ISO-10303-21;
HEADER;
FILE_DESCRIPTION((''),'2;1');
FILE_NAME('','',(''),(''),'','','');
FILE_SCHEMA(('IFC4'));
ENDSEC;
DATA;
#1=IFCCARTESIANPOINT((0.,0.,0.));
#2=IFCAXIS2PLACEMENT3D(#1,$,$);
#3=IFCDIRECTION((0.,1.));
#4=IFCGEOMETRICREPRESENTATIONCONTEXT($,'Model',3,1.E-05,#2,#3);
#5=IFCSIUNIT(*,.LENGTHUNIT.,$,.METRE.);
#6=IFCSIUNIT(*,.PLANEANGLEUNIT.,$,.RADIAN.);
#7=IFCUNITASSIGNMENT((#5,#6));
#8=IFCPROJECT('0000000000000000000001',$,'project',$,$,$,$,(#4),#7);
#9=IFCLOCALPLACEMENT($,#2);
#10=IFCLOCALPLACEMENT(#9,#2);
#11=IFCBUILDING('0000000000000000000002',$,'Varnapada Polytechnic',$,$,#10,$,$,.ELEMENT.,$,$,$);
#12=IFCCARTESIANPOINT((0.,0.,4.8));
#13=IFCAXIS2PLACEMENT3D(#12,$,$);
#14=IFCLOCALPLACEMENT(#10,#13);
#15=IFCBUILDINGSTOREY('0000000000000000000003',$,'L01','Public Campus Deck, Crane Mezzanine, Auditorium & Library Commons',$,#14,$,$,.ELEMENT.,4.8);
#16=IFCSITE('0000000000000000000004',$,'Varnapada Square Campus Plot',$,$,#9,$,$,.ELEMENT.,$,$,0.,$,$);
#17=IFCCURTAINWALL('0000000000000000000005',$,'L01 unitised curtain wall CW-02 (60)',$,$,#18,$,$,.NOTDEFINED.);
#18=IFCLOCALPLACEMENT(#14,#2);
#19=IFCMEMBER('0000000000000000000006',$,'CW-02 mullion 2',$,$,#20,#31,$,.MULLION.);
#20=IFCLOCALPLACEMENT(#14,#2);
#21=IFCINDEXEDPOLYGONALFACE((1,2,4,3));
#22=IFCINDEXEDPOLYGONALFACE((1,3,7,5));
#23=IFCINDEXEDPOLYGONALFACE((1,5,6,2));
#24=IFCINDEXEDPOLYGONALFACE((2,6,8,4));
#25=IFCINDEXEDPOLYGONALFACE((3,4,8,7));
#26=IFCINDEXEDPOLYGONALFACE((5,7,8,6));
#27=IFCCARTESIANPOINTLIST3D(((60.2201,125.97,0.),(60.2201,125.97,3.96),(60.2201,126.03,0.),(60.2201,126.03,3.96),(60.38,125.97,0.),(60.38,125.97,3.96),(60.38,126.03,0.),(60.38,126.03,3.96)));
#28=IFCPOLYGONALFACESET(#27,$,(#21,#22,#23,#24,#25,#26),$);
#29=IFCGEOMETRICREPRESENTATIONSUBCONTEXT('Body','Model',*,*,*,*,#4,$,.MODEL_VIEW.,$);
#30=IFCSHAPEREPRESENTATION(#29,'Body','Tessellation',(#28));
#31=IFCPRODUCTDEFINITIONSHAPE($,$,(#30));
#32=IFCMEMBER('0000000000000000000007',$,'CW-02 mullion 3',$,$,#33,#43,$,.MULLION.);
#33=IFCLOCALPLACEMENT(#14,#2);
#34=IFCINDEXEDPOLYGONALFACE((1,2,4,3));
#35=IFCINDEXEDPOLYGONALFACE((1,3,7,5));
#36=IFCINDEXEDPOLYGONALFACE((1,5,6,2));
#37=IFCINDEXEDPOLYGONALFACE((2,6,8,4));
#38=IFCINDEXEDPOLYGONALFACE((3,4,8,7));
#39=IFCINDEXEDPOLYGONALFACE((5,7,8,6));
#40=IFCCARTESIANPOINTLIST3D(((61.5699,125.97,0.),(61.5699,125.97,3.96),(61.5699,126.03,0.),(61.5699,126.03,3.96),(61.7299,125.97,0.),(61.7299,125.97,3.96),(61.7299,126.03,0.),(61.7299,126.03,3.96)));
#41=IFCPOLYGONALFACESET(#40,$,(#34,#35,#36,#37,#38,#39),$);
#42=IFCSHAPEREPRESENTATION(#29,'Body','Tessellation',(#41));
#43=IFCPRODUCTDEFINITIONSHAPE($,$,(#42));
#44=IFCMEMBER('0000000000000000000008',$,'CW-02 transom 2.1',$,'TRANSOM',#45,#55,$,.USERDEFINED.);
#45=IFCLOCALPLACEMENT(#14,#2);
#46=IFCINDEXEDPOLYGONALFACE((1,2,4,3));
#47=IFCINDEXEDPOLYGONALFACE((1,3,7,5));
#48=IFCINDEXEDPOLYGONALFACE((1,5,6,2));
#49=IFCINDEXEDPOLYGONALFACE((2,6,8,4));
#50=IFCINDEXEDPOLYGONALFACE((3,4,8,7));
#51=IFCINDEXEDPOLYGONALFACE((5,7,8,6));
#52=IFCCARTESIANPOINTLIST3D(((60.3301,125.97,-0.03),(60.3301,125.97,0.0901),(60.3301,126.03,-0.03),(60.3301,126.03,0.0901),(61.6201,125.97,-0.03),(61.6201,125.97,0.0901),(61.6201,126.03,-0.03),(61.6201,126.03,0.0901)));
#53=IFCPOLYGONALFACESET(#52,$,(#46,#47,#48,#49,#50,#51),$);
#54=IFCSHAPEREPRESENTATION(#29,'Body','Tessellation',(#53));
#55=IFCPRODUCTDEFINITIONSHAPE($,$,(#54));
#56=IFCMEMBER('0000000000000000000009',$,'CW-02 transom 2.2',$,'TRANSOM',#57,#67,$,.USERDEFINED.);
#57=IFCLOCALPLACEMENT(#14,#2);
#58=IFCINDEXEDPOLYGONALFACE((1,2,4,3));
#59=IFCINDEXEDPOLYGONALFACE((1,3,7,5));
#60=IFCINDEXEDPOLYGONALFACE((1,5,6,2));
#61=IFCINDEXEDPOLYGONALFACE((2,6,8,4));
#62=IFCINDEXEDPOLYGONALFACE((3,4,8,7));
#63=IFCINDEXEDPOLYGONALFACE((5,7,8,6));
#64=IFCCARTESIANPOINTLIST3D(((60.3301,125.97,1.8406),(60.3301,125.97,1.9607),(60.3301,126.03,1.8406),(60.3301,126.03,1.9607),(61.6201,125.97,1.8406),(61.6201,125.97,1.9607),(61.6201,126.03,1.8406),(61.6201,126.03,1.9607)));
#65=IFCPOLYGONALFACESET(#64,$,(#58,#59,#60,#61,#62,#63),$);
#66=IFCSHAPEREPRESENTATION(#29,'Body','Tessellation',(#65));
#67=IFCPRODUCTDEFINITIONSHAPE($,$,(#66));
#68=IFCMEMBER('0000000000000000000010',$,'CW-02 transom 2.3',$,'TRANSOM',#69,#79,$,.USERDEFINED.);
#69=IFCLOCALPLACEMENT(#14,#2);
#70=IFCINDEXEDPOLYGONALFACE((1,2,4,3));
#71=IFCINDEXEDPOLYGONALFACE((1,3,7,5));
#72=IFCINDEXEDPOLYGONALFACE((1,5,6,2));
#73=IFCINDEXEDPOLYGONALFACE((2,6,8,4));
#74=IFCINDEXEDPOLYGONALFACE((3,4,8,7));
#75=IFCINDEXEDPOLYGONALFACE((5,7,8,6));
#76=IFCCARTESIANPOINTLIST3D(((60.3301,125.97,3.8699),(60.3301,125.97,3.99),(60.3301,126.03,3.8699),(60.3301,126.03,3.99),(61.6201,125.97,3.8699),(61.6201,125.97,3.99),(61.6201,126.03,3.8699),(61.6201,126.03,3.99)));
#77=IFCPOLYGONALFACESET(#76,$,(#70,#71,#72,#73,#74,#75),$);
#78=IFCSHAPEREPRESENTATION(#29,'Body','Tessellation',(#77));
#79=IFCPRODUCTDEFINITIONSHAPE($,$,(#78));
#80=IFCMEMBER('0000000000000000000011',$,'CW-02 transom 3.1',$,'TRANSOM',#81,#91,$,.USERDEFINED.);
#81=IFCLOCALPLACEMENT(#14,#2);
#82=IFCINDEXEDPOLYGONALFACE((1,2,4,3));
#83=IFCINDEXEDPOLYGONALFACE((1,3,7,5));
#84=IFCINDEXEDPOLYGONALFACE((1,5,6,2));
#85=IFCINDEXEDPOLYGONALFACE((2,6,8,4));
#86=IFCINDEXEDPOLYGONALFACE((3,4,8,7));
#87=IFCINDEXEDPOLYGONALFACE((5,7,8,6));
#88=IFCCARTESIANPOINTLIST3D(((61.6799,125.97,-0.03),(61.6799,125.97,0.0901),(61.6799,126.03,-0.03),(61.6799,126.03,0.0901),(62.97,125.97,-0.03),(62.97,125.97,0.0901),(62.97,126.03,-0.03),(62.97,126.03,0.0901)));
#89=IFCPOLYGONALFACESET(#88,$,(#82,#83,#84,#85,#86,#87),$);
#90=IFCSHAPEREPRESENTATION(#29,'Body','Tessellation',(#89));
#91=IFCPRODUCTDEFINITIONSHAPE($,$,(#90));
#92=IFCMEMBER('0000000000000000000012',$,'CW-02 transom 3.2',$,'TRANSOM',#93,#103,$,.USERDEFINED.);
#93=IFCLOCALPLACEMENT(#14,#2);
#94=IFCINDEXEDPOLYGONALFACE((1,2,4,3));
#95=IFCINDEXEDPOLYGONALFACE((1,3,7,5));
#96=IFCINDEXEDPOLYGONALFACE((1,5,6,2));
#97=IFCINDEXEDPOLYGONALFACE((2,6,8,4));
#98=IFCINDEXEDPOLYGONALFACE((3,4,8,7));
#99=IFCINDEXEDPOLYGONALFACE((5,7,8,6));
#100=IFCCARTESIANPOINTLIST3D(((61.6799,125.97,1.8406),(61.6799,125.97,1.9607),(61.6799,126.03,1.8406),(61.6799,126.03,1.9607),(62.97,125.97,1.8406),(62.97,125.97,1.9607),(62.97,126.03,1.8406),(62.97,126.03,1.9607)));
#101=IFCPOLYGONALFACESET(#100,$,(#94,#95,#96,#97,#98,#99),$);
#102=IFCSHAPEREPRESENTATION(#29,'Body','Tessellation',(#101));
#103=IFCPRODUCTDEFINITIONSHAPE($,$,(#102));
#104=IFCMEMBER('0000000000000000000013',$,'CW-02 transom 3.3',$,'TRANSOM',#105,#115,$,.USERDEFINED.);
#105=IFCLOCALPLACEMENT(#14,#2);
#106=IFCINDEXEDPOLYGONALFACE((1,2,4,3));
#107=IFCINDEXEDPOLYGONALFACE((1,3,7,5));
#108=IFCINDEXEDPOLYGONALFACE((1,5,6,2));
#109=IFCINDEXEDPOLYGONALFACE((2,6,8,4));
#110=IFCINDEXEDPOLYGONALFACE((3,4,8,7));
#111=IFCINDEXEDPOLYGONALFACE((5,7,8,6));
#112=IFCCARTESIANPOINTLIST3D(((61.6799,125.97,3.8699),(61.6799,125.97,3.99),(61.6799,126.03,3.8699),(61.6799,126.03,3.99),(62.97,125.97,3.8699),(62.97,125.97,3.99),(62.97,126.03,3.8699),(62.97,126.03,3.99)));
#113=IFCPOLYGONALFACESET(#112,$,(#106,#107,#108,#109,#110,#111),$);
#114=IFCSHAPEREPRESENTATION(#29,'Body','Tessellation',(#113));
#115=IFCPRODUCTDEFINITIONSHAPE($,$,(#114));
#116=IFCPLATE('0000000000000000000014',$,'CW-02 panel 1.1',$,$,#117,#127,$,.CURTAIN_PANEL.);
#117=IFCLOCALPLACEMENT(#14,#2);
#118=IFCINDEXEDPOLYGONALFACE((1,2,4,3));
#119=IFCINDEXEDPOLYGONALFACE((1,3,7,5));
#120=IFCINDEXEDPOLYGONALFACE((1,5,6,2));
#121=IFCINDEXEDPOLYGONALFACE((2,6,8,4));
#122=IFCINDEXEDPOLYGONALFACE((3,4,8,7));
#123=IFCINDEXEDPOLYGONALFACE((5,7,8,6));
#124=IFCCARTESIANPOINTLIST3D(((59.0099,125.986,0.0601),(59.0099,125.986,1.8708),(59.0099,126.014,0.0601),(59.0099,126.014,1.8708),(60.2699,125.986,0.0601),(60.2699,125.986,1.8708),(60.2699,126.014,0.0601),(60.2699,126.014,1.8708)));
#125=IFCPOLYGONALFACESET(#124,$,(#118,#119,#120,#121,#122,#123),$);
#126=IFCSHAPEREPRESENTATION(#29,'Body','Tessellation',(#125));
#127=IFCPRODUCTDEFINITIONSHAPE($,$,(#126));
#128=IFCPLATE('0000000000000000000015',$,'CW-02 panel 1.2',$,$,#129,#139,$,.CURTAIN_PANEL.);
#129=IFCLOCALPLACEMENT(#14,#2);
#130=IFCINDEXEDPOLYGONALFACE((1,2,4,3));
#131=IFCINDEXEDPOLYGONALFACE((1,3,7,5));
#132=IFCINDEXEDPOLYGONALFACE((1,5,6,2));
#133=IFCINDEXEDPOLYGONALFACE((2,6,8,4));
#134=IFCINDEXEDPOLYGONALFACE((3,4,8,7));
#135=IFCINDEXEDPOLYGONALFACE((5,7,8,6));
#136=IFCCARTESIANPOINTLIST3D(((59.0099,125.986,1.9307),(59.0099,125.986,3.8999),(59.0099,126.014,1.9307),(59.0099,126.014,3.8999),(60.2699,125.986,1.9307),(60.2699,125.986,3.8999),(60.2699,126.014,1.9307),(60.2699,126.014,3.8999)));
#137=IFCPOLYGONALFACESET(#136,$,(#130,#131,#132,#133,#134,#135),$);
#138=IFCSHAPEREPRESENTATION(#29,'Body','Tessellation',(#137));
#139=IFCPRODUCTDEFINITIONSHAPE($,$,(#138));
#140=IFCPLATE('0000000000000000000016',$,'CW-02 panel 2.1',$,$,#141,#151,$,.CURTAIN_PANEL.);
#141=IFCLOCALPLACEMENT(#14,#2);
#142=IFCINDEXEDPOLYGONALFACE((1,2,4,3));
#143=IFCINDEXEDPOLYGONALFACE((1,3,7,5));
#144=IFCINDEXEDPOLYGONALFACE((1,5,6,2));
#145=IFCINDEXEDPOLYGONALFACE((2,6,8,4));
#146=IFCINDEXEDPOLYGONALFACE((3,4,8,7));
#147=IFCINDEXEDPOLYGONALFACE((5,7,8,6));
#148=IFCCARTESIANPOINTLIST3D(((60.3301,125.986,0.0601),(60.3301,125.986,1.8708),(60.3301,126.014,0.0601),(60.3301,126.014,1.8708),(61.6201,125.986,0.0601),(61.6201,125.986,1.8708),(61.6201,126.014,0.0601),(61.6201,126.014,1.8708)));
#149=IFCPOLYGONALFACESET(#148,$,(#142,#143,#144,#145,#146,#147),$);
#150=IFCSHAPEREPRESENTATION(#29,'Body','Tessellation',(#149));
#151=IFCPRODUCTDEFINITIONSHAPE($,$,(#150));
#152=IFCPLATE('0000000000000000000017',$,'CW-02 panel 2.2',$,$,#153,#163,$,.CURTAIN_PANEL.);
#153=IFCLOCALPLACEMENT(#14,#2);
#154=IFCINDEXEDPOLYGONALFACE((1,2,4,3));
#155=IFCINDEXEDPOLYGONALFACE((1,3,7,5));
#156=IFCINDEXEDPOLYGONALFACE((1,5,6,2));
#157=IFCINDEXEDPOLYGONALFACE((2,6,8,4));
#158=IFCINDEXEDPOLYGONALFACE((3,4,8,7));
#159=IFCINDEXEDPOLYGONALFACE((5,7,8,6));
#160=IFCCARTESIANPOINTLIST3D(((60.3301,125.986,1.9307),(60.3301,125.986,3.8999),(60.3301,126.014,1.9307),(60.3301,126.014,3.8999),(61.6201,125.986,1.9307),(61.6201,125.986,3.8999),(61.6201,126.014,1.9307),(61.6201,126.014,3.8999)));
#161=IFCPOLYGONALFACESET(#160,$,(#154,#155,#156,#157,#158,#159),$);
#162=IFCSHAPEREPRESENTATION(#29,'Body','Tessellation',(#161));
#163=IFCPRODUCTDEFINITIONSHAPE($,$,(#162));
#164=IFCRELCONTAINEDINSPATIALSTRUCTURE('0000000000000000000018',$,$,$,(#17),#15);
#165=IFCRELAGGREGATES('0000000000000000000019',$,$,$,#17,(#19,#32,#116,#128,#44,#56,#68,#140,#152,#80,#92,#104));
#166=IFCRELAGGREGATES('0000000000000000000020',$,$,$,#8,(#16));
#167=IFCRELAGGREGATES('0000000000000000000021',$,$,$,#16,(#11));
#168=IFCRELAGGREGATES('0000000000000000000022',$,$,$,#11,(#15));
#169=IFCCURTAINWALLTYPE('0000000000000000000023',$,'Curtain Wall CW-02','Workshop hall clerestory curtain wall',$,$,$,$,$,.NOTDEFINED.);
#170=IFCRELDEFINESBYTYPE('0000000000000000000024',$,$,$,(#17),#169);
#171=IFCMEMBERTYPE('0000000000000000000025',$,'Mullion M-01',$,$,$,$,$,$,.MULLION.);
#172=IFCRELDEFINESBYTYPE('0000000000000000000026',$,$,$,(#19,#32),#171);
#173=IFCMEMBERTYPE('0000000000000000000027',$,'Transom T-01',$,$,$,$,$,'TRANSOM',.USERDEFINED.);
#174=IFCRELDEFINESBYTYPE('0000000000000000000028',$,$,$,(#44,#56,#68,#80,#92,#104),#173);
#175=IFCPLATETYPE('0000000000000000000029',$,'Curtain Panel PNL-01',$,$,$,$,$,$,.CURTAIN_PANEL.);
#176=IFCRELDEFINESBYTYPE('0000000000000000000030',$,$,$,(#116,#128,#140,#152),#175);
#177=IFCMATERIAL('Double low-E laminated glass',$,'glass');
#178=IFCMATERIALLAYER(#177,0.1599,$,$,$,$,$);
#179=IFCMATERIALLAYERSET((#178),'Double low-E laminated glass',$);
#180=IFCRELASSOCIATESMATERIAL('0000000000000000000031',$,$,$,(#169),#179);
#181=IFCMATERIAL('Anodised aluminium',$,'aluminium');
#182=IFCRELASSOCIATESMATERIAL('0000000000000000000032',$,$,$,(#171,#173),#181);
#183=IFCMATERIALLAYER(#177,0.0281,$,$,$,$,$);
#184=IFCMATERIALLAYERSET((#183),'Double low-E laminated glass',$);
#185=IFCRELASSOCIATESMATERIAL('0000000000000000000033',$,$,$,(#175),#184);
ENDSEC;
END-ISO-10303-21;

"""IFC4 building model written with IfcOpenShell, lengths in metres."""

from ifc_helpers import new_model, si_unit, direction, frame, origin, origin_2d, place, context, subcontext, project, spatial, rectangle, extrude, material, layer, layer_set, material_profile, profile_set, type_object, element, aggregate, save


model = new_model("IFC4")

# Units and contexts
model_context = context("Model", 3, precision=1e-05, world=origin(), true_north=direction((0.0, 1.0)))
body_context = subcontext(model_context, "Body", "Model", "MODEL_VIEW")
ifc_project = project(units=[si_unit("LENGTHUNIT", "METRE"), si_unit("PLANEANGLEUNIT", "RADIAN")], contexts=[model_context])

# Site, building, storey
site_placement = place(None, origin())
site = spatial("IfcSite", under=ifc_project, at=site_placement, Name="Varnapada Square Campus Plot", CompositionType="ELEMENT", RefElevation=0.0)
building_placement = place(site_placement, origin())
building = spatial("IfcBuilding", under=site, at=building_placement, Name="Varnapada Polytechnic", CompositionType="ELEMENT")
storey_placement = place(building_placement, frame((0.0, 0.0, 4.8)))
storey = spatial("IfcBuildingStorey", under=building, at=storey_placement, Name="L01", Description="Public Campus Deck, Crane Mezzanine, Auditorium & Library Commons", CompositionType="ELEMENT", Elevation=4.8)

# Curtain wall, members, plates
ifc_material_1 = material(Name="Double low-E laminated glass", Category="glass")
ifc_layer_1 = layer(ifc_material_1, 0.1599)
ifc_layer_set_1 = layer_set([ifc_layer_1], Name="Double low-E laminated glass")
curtain_wall_type = type_object("IfcCurtainWallType", Name="Curtain Wall CW-02", Description="Workshop hall clerestory curtain wall", PredefinedType="NOTDEFINED", material=ifc_layer_set_1)
curtain_wall_placement = place(storey_placement, origin())
curtain_wall = element("IfcCurtainWall", 1, at=curtain_wall_placement, inside=storey, type_object=curtain_wall_type, Name="L01 unitised curtain wall CW-02 (60)", PredefinedType="NOTDEFINED")
ifc_material_2 = material(Name="Anodised aluminium", Category="aluminium")
ifc_material_profile_1 = material_profile(ifc_material_2, rectangle(XDim=0.0601, YDim=0.1599, at=origin_2d()), Name="ALU M60x160")
ifc_profile_set_1 = profile_set([ifc_material_profile_1], Name="Anodised aluminium")
member_type_1 = type_object("IfcMemberType", Name="Mullion M-01", PredefinedType="MULLION", material=ifc_profile_set_1)
member_1_placement = place(storey_placement, frame((60.3, 126.0, 0.0), z_axis=(0.0, 0.0, 1.0), x_axis=(0.0, 1.0, 0.0)))
member_1 = element("IfcMember", 2, at=member_1_placement, type_object=member_type_1, Name="CW-02 mullion 2", PredefinedType="MULLION", context=body_context, shape_type="SweptSolid", body=[
    extrude(rectangle(XDim=0.0601, YDim=0.1599, at=origin_2d()), origin(), (0.0, 0.0, 1.0), 3.96),
])
member_2_placement = place(storey_placement, frame((61.6499, 126.0, 0.0), z_axis=(0.0, 0.0, 1.0), x_axis=(0.0, 1.0, 0.0)))
member_2 = element("IfcMember", 3, at=member_2_placement, type_object=member_type_1, Name="CW-02 mullion 3", PredefinedType="MULLION", context=body_context, shape_type="SweptSolid", body=[
    extrude(rectangle(XDim=0.0601, YDim=0.1599, at=origin_2d()), origin(), (0.0, 0.0, 1.0), 3.96),
])
ifc_material_profile_2 = material_profile(ifc_material_2, rectangle(XDim=0.0601, YDim=0.1201, at=origin_2d()), Name="ALU T60x120")
ifc_profile_set_2 = profile_set([ifc_material_profile_2], Name="Anodised aluminium")
member_type_2 = type_object("IfcMemberType", Name="Transom T-01", ElementType="TRANSOM", PredefinedType="USERDEFINED", material=ifc_profile_set_2)
member_3_placement = place(storey_placement, frame((60.3301, 126.0, 0.03), z_axis=(1.0, 0.0, 0.0), x_axis=(0.0, 1.0, 0.0)))
member_3 = element("IfcMember", 4, at=member_3_placement, type_object=member_type_2, Name="CW-02 transom 2.1", ObjectType="TRANSOM", PredefinedType="USERDEFINED", context=body_context, shape_type="SweptSolid", body=[
    extrude(rectangle(XDim=0.0601, YDim=0.1201, at=origin_2d()), origin(), (0.0, 0.0, 1.0), 1.29),
])
member_4_placement = place(storey_placement, frame((60.3301, 126.0, 1.9006), z_axis=(1.0, 0.0, 0.0), x_axis=(0.0, 1.0, 0.0)))
member_4 = element("IfcMember", 5, at=member_4_placement, type_object=member_type_2, Name="CW-02 transom 2.2", ObjectType="TRANSOM", PredefinedType="USERDEFINED", context=body_context, shape_type="SweptSolid", body=[
    extrude(rectangle(XDim=0.0601, YDim=0.1201, at=origin_2d()), origin(), (0.0, 0.0, 1.0), 1.29),
])
member_5_placement = place(storey_placement, frame((60.3301, 126.0, 3.9299), z_axis=(1.0, 0.0, 0.0), x_axis=(0.0, 1.0, 0.0)))
member_5 = element("IfcMember", 6, at=member_5_placement, type_object=member_type_2, Name="CW-02 transom 2.3", ObjectType="TRANSOM", PredefinedType="USERDEFINED", context=body_context, shape_type="SweptSolid", body=[
    extrude(rectangle(XDim=0.0601, YDim=0.1201, at=origin_2d()), origin(), (0.0, 0.0, 1.0), 1.29),
])
member_6_placement = place(storey_placement, frame((61.6799, 126.0, 0.03), z_axis=(1.0, 0.0, 0.0), x_axis=(0.0, 1.0, 0.0)))
member_6 = element("IfcMember", 7, at=member_6_placement, type_object=member_type_2, Name="CW-02 transom 3.1", ObjectType="TRANSOM", PredefinedType="USERDEFINED", context=body_context, shape_type="SweptSolid", body=[
    extrude(rectangle(XDim=0.0601, YDim=0.1201, at=origin_2d()), origin(), (0.0, 0.0, 1.0), 1.29),
])
member_7_placement = place(storey_placement, frame((61.6799, 126.0, 1.9006), z_axis=(1.0, 0.0, 0.0), x_axis=(0.0, 1.0, 0.0)))
member_7 = element("IfcMember", 8, at=member_7_placement, type_object=member_type_2, Name="CW-02 transom 3.2", ObjectType="TRANSOM", PredefinedType="USERDEFINED", context=body_context, shape_type="SweptSolid", body=[
    extrude(rectangle(XDim=0.0601, YDim=0.1201, at=origin_2d()), origin(), (0.0, 0.0, 1.0), 1.29),
])
member_8_placement = place(storey_placement, frame((61.6799, 126.0, 3.9299), z_axis=(1.0, 0.0, 0.0), x_axis=(0.0, 1.0, 0.0)))
member_8 = element("IfcMember", 9, at=member_8_placement, type_object=member_type_2, Name="CW-02 transom 3.3", ObjectType="TRANSOM", PredefinedType="USERDEFINED", context=body_context, shape_type="SweptSolid", body=[
    extrude(rectangle(XDim=0.0601, YDim=0.1201, at=origin_2d()), origin(), (0.0, 0.0, 1.0), 1.29),
])
ifc_layer_2 = layer(ifc_material_1, 0.0281)
ifc_layer_set_2 = layer_set([ifc_layer_2], Name="Double low-E laminated glass")
plate_type = type_object("IfcPlateType", Name="Curtain Panel PNL-01", PredefinedType="CURTAIN_PANEL", material=ifc_layer_set_2)
plate_1_placement = place(storey_placement, frame((59.6399, 126.0, 0.0601), z_axis=(0.0, 0.0, 1.0), x_axis=(1.0, 0.0, 0.0)))
plate_1 = element("IfcPlate", 10, at=plate_1_placement, type_object=plate_type, Name="CW-02 panel 1.1", PredefinedType="CURTAIN_PANEL", context=body_context, shape_type="SweptSolid", body=[
    extrude(rectangle(XDim=1.26, YDim=0.0281, at=origin_2d()), origin(), (0.0, 0.0, 1.0), 1.8108),
])
plate_2_placement = place(storey_placement, frame((59.6399, 126.0, 1.9307), z_axis=(0.0, 0.0, 1.0), x_axis=(1.0, 0.0, 0.0)))
plate_2 = element("IfcPlate", 11, at=plate_2_placement, type_object=plate_type, Name="CW-02 panel 1.2", PredefinedType="CURTAIN_PANEL", context=body_context, shape_type="SweptSolid", body=[
    extrude(rectangle(XDim=1.26, YDim=0.0281, at=origin_2d()), origin(), (0.0, 0.0, 1.0), 1.9692),
])
plate_3_placement = place(storey_placement, frame((60.9751, 126.0, 0.0601), z_axis=(0.0, 0.0, 1.0), x_axis=(1.0, 0.0, 0.0)))
plate_3 = element("IfcPlate", 12, at=plate_3_placement, type_object=plate_type, Name="CW-02 panel 2.1", PredefinedType="CURTAIN_PANEL", context=body_context, shape_type="SweptSolid", body=[
    extrude(rectangle(XDim=1.29, YDim=0.0281, at=origin_2d()), origin(), (0.0, 0.0, 1.0), 1.8108),
])
plate_4_placement = place(storey_placement, frame((60.9751, 126.0, 1.9307), z_axis=(0.0, 0.0, 1.0), x_axis=(1.0, 0.0, 0.0)))
plate_4 = element("IfcPlate", 13, at=plate_4_placement, type_object=plate_type, Name="CW-02 panel 2.2", PredefinedType="CURTAIN_PANEL", context=body_context, shape_type="SweptSolid", body=[
    extrude(rectangle(XDim=1.29, YDim=0.0281, at=origin_2d()), origin(), (0.0, 0.0, 1.0), 1.9692),
])
aggregate(curtain_wall, [member_1, member_2, plate_1, plate_2, member_3, member_4, member_5, plate_3, plate_4, member_6, member_7, member_8])

save(model, "model.ifc")
